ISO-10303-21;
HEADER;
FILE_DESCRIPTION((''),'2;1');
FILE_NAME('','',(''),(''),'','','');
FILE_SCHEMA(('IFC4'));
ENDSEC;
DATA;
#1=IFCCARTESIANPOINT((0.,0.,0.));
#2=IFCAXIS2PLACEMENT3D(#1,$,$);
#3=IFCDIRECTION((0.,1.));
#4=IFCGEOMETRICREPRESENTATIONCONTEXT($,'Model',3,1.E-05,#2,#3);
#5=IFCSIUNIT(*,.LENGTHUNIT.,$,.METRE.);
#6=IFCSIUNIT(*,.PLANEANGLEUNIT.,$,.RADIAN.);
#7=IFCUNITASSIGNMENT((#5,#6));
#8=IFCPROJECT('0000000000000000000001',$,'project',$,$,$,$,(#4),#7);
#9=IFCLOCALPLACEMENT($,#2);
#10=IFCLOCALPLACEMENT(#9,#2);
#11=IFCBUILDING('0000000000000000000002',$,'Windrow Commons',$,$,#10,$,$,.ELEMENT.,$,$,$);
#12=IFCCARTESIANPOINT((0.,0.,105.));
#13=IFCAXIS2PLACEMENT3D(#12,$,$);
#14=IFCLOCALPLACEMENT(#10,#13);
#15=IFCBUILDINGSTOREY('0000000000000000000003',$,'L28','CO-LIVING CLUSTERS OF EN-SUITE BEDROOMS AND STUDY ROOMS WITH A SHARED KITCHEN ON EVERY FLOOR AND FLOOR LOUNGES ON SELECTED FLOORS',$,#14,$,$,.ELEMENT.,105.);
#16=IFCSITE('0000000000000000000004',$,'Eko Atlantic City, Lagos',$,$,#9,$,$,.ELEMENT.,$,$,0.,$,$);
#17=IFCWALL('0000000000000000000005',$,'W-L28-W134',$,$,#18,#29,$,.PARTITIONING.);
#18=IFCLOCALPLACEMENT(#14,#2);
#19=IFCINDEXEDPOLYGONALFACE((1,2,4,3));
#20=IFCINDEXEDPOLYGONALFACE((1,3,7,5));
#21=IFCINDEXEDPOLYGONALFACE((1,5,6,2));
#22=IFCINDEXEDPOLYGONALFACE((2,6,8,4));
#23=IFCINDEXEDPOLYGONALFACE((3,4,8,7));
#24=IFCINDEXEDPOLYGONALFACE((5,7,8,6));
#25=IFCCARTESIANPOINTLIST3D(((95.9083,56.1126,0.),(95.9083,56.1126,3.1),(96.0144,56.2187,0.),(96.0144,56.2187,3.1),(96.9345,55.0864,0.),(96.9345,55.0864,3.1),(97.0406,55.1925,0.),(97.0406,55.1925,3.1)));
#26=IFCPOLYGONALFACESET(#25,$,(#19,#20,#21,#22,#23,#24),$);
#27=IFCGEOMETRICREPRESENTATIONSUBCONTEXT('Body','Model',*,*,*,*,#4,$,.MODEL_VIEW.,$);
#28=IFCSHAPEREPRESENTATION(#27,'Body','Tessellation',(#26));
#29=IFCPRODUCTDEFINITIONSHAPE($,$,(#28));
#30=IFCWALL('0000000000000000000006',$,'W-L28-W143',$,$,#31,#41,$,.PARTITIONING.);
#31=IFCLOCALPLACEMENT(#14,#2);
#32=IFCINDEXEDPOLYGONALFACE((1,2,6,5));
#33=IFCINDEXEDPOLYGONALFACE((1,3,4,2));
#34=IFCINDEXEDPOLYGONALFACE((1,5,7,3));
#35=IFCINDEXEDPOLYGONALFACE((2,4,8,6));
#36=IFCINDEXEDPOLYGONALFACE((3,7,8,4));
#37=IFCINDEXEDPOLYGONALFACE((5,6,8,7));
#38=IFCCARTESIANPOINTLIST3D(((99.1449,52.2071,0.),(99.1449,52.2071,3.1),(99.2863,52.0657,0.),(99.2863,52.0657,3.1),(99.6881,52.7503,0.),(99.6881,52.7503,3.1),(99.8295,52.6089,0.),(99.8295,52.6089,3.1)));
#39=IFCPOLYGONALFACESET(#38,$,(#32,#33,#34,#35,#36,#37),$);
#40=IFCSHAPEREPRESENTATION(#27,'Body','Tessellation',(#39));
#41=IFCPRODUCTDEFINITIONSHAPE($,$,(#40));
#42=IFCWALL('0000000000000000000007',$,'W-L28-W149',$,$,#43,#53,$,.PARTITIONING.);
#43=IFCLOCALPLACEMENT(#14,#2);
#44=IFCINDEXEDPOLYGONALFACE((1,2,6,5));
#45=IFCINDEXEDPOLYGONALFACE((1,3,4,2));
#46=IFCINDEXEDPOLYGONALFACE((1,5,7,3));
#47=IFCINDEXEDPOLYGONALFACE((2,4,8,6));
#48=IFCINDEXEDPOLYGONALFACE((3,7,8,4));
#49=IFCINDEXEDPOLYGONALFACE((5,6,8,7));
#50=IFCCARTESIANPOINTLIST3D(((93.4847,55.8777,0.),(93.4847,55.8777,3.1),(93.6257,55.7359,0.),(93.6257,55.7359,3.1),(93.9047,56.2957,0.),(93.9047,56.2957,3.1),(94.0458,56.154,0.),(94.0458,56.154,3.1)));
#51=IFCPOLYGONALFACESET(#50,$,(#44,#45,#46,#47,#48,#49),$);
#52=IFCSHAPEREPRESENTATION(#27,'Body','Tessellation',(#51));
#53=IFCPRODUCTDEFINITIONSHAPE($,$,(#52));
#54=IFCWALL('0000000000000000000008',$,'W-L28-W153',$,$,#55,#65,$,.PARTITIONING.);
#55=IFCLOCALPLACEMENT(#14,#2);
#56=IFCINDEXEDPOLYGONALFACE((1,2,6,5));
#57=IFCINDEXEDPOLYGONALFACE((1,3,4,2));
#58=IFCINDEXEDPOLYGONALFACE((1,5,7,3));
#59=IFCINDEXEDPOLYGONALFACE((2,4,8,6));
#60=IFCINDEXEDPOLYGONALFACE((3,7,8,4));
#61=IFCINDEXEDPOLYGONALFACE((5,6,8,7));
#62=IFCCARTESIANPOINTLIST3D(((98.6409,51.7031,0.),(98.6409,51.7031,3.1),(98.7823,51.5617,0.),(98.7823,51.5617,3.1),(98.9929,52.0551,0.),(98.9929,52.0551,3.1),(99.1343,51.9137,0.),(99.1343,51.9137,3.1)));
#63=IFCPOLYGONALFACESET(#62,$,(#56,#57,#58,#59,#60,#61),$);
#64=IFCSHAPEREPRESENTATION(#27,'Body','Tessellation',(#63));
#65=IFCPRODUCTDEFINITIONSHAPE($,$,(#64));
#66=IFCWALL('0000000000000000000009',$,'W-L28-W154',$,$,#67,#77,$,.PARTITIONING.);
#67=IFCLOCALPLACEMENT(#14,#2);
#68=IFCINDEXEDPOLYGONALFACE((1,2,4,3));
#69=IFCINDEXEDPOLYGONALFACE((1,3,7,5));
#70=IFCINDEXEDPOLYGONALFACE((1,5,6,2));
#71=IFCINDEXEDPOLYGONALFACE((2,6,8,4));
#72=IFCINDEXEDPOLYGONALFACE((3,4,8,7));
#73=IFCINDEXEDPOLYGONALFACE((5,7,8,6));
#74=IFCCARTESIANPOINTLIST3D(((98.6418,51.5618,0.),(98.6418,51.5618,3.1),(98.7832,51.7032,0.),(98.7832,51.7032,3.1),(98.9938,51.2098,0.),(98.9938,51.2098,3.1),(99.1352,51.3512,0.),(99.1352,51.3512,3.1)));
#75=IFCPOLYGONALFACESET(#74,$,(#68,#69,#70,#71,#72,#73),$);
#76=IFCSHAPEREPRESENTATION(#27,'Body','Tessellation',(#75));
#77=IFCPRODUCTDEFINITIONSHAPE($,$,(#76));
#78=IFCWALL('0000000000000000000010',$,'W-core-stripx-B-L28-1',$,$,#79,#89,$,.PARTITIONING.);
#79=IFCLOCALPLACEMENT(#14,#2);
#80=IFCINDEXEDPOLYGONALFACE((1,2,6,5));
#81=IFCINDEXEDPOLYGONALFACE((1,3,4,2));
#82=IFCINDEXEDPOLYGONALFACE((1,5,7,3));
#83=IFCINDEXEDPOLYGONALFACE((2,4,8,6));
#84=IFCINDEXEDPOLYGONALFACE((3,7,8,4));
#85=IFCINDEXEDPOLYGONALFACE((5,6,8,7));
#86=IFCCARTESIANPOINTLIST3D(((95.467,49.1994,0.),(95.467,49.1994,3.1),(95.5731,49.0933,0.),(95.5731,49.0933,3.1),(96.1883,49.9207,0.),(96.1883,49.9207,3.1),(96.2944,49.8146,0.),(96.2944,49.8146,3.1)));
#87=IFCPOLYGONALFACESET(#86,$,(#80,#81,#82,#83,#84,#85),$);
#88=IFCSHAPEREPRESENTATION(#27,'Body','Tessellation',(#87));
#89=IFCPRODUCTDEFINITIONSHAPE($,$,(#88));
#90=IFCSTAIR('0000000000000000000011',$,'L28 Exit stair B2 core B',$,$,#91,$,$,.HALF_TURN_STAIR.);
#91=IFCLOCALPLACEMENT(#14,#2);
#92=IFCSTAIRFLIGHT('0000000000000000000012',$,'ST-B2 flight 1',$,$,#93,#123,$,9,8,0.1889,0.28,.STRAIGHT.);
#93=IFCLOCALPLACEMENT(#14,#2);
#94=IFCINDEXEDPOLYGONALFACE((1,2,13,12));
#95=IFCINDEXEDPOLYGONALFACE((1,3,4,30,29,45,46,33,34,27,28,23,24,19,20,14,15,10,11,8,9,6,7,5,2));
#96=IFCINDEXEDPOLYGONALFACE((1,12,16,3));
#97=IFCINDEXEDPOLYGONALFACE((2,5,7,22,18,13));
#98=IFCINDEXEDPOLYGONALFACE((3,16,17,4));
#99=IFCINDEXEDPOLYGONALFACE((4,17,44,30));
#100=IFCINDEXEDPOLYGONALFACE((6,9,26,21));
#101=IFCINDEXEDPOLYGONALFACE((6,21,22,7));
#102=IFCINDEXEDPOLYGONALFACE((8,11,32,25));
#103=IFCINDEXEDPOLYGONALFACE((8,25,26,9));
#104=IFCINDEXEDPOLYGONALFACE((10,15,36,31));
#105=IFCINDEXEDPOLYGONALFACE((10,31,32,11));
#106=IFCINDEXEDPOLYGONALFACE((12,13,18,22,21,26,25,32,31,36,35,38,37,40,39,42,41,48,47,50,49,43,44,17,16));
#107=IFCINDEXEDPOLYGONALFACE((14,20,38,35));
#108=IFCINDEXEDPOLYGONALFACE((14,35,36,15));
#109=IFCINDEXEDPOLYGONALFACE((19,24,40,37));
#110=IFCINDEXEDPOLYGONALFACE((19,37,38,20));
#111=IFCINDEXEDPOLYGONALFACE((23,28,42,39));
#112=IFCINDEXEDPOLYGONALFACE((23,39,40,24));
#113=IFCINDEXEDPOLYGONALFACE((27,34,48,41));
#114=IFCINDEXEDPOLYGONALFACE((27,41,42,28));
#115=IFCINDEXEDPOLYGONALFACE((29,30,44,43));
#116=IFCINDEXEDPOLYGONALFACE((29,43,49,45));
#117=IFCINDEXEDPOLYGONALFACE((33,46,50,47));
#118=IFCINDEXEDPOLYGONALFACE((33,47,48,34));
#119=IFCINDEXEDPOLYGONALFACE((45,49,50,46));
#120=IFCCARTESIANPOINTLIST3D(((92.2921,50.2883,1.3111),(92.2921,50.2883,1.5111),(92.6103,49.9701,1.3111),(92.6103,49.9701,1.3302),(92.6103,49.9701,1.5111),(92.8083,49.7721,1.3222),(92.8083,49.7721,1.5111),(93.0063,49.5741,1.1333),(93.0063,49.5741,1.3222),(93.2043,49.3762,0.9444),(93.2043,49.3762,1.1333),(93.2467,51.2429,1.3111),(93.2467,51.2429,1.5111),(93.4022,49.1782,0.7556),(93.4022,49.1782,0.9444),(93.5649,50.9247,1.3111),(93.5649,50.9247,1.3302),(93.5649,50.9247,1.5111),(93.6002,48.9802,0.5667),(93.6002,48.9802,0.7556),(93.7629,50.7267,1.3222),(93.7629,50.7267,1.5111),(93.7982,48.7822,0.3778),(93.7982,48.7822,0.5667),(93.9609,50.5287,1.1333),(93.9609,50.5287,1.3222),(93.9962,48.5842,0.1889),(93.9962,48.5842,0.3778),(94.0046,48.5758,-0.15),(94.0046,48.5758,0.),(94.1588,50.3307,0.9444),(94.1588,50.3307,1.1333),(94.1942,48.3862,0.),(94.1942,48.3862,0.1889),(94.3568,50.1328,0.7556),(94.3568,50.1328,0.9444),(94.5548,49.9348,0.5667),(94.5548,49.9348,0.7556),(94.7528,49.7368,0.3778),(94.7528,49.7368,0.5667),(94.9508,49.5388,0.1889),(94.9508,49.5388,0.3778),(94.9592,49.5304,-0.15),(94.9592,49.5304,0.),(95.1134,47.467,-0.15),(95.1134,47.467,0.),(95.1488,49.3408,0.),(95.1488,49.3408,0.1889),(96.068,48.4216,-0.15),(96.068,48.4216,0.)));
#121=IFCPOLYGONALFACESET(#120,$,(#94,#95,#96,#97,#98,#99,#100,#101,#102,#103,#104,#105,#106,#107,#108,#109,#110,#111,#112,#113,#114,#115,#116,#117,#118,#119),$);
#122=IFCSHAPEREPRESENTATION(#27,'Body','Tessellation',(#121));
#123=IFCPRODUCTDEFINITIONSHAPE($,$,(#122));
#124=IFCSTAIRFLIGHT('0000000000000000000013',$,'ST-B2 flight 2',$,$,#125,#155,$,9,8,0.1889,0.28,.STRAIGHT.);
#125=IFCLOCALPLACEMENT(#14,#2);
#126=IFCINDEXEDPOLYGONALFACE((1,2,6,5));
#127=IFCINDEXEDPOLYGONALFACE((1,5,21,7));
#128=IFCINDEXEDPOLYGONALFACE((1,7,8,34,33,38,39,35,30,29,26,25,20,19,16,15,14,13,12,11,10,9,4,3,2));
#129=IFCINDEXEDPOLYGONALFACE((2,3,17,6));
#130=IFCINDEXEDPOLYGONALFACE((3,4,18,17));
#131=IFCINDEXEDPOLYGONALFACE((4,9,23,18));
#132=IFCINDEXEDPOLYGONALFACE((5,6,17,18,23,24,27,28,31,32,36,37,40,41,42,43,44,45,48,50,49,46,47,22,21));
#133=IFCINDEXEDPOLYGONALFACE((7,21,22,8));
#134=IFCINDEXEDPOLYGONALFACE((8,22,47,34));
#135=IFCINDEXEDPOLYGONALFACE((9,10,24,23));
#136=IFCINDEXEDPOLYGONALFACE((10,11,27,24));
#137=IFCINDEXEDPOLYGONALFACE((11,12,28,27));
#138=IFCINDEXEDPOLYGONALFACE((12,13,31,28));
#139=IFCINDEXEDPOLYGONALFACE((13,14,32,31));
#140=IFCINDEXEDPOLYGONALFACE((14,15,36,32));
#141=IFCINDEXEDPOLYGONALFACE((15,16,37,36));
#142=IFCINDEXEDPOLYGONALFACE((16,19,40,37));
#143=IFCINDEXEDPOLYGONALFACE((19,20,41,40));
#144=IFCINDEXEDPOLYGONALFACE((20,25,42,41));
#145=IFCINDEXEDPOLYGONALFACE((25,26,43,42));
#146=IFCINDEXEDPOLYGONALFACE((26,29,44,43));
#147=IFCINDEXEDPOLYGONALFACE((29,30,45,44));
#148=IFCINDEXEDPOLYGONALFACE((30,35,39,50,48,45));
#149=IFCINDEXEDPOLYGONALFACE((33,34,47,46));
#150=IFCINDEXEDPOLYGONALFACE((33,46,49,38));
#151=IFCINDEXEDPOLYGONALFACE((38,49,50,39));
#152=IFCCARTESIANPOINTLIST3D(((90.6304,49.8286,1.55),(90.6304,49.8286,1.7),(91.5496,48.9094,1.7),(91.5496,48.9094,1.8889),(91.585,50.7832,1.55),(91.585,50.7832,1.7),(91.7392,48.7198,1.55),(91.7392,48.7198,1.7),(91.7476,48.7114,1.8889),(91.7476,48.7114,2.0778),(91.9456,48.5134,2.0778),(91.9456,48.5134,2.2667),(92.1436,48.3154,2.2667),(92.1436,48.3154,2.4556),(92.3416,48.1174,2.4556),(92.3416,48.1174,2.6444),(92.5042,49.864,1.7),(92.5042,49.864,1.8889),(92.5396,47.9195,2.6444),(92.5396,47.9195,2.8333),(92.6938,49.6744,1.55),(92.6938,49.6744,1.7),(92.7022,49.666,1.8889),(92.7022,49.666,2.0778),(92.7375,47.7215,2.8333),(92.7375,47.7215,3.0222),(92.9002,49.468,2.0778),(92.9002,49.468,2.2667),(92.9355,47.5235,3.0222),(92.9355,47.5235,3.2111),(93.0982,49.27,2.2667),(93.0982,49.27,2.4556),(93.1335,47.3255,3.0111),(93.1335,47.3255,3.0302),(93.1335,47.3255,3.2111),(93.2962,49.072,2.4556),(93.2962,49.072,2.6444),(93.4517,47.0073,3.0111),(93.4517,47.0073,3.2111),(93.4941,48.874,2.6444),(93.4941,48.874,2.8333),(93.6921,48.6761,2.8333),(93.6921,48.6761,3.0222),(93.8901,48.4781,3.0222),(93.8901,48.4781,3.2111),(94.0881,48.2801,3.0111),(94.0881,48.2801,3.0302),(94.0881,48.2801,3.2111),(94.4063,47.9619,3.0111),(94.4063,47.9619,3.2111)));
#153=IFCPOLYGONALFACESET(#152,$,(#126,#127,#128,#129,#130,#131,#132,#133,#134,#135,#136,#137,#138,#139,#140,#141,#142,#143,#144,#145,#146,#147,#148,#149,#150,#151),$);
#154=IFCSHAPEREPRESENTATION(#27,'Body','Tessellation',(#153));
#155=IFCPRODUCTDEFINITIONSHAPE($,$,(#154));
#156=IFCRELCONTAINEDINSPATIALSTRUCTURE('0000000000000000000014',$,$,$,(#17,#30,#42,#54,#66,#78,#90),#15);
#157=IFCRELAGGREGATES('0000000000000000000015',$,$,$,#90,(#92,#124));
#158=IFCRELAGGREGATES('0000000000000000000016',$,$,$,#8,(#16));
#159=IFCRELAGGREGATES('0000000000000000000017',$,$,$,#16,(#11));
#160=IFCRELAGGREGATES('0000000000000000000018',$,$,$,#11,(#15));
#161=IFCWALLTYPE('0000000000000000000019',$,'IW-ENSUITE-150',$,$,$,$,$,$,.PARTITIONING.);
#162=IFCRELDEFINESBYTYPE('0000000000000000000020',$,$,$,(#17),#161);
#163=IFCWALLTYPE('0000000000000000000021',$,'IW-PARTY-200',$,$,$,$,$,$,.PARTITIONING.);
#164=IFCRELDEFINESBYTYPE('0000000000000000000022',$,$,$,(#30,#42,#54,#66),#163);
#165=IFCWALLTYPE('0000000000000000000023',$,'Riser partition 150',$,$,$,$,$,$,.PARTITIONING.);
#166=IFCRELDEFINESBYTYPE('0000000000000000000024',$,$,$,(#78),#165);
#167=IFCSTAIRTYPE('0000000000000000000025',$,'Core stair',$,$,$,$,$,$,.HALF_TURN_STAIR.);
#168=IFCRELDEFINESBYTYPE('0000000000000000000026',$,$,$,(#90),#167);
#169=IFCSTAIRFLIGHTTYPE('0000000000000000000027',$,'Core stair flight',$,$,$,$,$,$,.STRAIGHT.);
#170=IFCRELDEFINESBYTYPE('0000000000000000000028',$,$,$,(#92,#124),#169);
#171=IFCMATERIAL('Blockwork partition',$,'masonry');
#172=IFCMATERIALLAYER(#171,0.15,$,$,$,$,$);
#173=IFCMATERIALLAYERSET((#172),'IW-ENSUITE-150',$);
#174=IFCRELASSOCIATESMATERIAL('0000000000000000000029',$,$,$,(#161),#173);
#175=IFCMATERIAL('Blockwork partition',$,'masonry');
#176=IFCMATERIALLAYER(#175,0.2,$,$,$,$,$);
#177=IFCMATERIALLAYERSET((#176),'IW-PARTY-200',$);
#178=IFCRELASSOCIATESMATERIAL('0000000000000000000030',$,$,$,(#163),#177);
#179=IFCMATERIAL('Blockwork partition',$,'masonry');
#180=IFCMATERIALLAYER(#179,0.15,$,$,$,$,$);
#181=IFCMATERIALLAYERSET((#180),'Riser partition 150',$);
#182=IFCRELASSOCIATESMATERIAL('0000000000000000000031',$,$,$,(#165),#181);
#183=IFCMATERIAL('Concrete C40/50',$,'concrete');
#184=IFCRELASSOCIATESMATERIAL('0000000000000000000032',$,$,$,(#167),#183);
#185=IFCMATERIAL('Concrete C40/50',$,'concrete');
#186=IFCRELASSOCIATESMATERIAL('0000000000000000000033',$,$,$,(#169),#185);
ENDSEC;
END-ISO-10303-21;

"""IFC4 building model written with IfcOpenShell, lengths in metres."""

from ifc_helpers import new_model, si_unit, direction, frame, frame_2d, origin, place, context, subcontext, project, spatial, polyline, rectangle, outline, extrude, material, layer, layer_set, type_object, element, aggregate, save


model = new_model("IFC4")

# Units and contexts
model_context = context("Model", 3, precision=1e-05, world=origin(), true_north=direction((0.0, 1.0)))
body_context = subcontext(model_context, "Body", "Model", "MODEL_VIEW")
ifc_project = project(units=[si_unit("LENGTHUNIT", "METRE"), si_unit("PLANEANGLEUNIT", "RADIAN")], contexts=[model_context])

# Site, building, storey
site_placement = place(None, origin())
site = spatial("IfcSite", under=ifc_project, at=site_placement, Name="Eko Atlantic City, Lagos", CompositionType="ELEMENT", RefElevation=0.0)
building_placement = place(site_placement, origin())
building = spatial("IfcBuilding", under=site, at=building_placement, Name="Windrow Commons", CompositionType="ELEMENT")
storey_placement = place(building_placement, frame((0.0, 0.0, 105.0)))
storey = spatial("IfcBuildingStorey", under=building, at=storey_placement, Name="L28", Description="CO-LIVING CLUSTERS OF EN-SUITE BEDROOMS AND STUDY ROOMS WITH A SHARED KITCHEN ON EVERY FLOOR AND FLOOR LOUNGES ON SELECTED FLOORS", CompositionType="ELEMENT", Elevation=105.0)

# Shared definitions
ifc_material_1 = material(Name="Blockwork partition", Category="masonry")
ifc_layer_1 = layer(ifc_material_1, 0.15)
ifc_layer_set_1 = layer_set([ifc_layer_1], Name="IW-ENSUITE-150")
wall_type_1 = type_object("IfcWallType", Name="IW-ENSUITE-150", PredefinedType="PARTITIONING", material=ifc_layer_set_1)

# Walls
wall_1_placement = place(storey_placement, frame((95.9613, 56.1657, 0.0), z_axis=(0.0, 0.0, 1.0), x_axis=(0.707107, -0.707107, 0.0)))
element("IfcWall", 1, at=wall_1_placement, inside=storey, type_object=wall_type_1, Name="W-L28-W134", PredefinedType="PARTITIONING", context=body_context, shape_type="SweptSolid", body=[
    extrude(rectangle(XDim=1.4513, YDim=0.15, at=frame_2d((0.7257, 0.0))), origin(), (0.0, 0.0, 1.0), 3.1),
])
ifc_material_2 = material(Name="Blockwork partition", Category="masonry")
ifc_layer_2 = layer(ifc_material_2, 0.2)
ifc_layer_set_2 = layer_set([ifc_layer_2], Name="IW-PARTY-200")
wall_type_2 = type_object("IfcWallType", Name="IW-PARTY-200", PredefinedType="PARTITIONING", material=ifc_layer_set_2)
wall_2_placement = place(storey_placement, frame((99.2156, 52.1364, 0.0), z_axis=(0.0, 0.0, 1.0), x_axis=(0.707107, 0.707107, 0.0)))
element("IfcWall", 2, at=wall_2_placement, inside=storey, type_object=wall_type_2, Name="W-L28-W143", PredefinedType="PARTITIONING", context=body_context, shape_type="SweptSolid", body=[
    extrude(rectangle(XDim=0.7682, YDim=0.2, at=frame_2d((0.3841, 0.0))), origin(), (0.0, 0.0, 1.0), 3.1),
])
wall_3_placement = place(storey_placement, frame((93.5552, 55.8068, 0.0), z_axis=(0.0, 0.0, 1.0), x_axis=(0.708792, 0.705417, 0.0)))
element("IfcWall", 3, at=wall_3_placement, inside=storey, type_object=wall_type_2, Name="W-L28-W149", PredefinedType="PARTITIONING", context=body_context, shape_type="SweptSolid", body=[
    extrude(rectangle(XDim=0.5926, YDim=0.2, at=frame_2d((0.2963, 0.0))), origin(), (0.0, 0.0, 1.0), 3.1),
])
for number, where, z_axis, x_axis, name in (
    (4, (98.7116, 51.6324, 0.0), (0.0, 0.0, 1.0), (0.707107, 0.707107, 0.0), "W-L28-W153"),
    (5, (98.7125, 51.6325, 0.0), (0.0, 0.0, 1.0), (0.707107, -0.707107, 0.0), "W-L28-W154"),
):
    element("IfcWall", number, at=place(storey_placement, frame(where, z_axis=z_axis, x_axis=x_axis)), inside=storey, type_object=wall_type_2, Name=name, PredefinedType="PARTITIONING", context=body_context, shape_type="SweptSolid", body=[
        extrude(rectangle(XDim=0.4978, YDim=0.2, at=frame_2d((0.2489, 0.0))), origin(), (0.0, 0.0, 1.0), 3.1),
    ])
ifc_material_3 = material(Name="Blockwork partition", Category="masonry")
ifc_layer_3 = layer(ifc_material_3, 0.15)
ifc_layer_set_3 = layer_set([ifc_layer_3], Name="Riser partition 150")
wall_type_3 = type_object("IfcWallType", Name="Riser partition 150", PredefinedType="PARTITIONING", material=ifc_layer_set_3)
wall_4_placement = place(storey_placement, frame((95.52, 49.1463, 0.0), z_axis=(0.0, 0.0, 1.0), x_axis=(0.707107, 0.707107, 0.0)))
element("IfcWall", 6, at=wall_4_placement, inside=storey, type_object=wall_type_3, Name="W-core-stripx-B-L28-1", PredefinedType="PARTITIONING", context=body_context, shape_type="SweptSolid", body=[
    extrude(rectangle(XDim=1.0201, YDim=0.15, at=frame_2d((0.5101, 0.0))), origin(), (0.0, 0.0, 1.0), 3.1),
])

# Stair, stair flights
ifc_material_4 = material(Name="Concrete C40/50", Category="concrete")
stair_type = type_object("IfcStairType", Name="Core stair", PredefinedType="HALF_TURN_STAIR", material=ifc_material_4)
stair_placement = place(storey_placement, origin())
stair = element("IfcStair", 7, at=stair_placement, inside=storey, type_object=stair_type, Name="L28 Exit stair B2 core B", PredefinedType="HALF_TURN_STAIR")
ifc_material_5 = material(Name="Concrete C40/50", Category="concrete")
stair_flight_type = type_object("IfcStairFlightType", Name="Core stair flight", PredefinedType="STRAIGHT", material=ifc_material_5)
stair_flight_1_placement = place(storey_placement, frame((94.6715, 48.8635, 0.0), z_axis=(0.0, 0.0, 1.0), x_axis=(-0.707107, 0.707107, 0.0)))
stair_flight_1 = element("IfcStairFlight", 8, at=stair_flight_1_placement, type_object=stair_flight_type, Name="ST-B2 flight 1", NumberOfRisers=9, NumberOfTreads=8, PredefinedType="STRAIGHT", RiserHeight=0.1889, TreadLength=0.28, context=body_context, shape_type="SweptSolid", body=[
    extrude(outline(polyline([(-1.3, -0.15), (-1.3, 0.0), (0.0, 0.0), (0.0, 0.1889), (0.28, 0.1889), (0.28, 0.3778), (0.56, 0.3778), (0.56, 0.5667), (0.84, 0.5667), (0.84, 0.7556), (1.12, 0.7556), (1.12, 0.9444), (1.4, 0.9444), (1.4, 1.1333), (1.68, 1.1333), (1.68, 1.3222), (1.96, 1.3222), (1.96, 1.5111), (2.24, 1.5111), (2.69, 1.5111), (2.69, 1.3111), (2.24, 1.3111), (2.24, 1.3302), (0.2682, 0.0), (0.2682, -0.15), (-1.3, -0.15)])), frame((0.0, 0.675, 0.0), z_axis=(0.0, -1.0, 0.0), x_axis=(1.0, 0.0, 0.0)), (0.0, 0.0, 1.0), 1.35),
])
stair_flight_2_placement = place(storey_placement, frame((92.0269, 49.3867, 1.7), z_axis=(0.0, 0.0, 1.0), x_axis=(0.707107, -0.707107, 0.0)))
stair_flight_2 = element("IfcStairFlight", 9, at=stair_flight_2_placement, type_object=stair_flight_type, Name="ST-B2 flight 2", NumberOfRisers=9, NumberOfTreads=8, PredefinedType="STRAIGHT", RiserHeight=0.1889, TreadLength=0.28, context=body_context, shape_type="SweptSolid", body=[
    extrude(outline(polyline([(-1.3, -0.15), (-1.3, 0.0), (0.0, 0.0), (0.0, 0.1889), (0.28, 0.1889), (0.28, 0.3778), (0.56, 0.3778), (0.56, 0.5667), (0.84, 0.5667), (0.84, 0.7556), (1.12, 0.7556), (1.12, 0.9444), (1.4, 0.9444), (1.4, 1.1333), (1.68, 1.1333), (1.68, 1.3222), (1.96, 1.3222), (1.96, 1.5111), (2.24, 1.5111), (2.69, 1.5111), (2.69, 1.3111), (2.24, 1.3111), (2.24, 1.3302), (0.2682, 0.0), (0.2682, -0.15), (-1.3, -0.15)])), frame((0.0, 0.675, 0.0), z_axis=(0.0, -1.0, 0.0), x_axis=(1.0, 0.0, 0.0)), (0.0, 0.0, 1.0), 1.35),
])
aggregate(stair, [stair_flight_1, stair_flight_2])

save(model, "model.ifc")
